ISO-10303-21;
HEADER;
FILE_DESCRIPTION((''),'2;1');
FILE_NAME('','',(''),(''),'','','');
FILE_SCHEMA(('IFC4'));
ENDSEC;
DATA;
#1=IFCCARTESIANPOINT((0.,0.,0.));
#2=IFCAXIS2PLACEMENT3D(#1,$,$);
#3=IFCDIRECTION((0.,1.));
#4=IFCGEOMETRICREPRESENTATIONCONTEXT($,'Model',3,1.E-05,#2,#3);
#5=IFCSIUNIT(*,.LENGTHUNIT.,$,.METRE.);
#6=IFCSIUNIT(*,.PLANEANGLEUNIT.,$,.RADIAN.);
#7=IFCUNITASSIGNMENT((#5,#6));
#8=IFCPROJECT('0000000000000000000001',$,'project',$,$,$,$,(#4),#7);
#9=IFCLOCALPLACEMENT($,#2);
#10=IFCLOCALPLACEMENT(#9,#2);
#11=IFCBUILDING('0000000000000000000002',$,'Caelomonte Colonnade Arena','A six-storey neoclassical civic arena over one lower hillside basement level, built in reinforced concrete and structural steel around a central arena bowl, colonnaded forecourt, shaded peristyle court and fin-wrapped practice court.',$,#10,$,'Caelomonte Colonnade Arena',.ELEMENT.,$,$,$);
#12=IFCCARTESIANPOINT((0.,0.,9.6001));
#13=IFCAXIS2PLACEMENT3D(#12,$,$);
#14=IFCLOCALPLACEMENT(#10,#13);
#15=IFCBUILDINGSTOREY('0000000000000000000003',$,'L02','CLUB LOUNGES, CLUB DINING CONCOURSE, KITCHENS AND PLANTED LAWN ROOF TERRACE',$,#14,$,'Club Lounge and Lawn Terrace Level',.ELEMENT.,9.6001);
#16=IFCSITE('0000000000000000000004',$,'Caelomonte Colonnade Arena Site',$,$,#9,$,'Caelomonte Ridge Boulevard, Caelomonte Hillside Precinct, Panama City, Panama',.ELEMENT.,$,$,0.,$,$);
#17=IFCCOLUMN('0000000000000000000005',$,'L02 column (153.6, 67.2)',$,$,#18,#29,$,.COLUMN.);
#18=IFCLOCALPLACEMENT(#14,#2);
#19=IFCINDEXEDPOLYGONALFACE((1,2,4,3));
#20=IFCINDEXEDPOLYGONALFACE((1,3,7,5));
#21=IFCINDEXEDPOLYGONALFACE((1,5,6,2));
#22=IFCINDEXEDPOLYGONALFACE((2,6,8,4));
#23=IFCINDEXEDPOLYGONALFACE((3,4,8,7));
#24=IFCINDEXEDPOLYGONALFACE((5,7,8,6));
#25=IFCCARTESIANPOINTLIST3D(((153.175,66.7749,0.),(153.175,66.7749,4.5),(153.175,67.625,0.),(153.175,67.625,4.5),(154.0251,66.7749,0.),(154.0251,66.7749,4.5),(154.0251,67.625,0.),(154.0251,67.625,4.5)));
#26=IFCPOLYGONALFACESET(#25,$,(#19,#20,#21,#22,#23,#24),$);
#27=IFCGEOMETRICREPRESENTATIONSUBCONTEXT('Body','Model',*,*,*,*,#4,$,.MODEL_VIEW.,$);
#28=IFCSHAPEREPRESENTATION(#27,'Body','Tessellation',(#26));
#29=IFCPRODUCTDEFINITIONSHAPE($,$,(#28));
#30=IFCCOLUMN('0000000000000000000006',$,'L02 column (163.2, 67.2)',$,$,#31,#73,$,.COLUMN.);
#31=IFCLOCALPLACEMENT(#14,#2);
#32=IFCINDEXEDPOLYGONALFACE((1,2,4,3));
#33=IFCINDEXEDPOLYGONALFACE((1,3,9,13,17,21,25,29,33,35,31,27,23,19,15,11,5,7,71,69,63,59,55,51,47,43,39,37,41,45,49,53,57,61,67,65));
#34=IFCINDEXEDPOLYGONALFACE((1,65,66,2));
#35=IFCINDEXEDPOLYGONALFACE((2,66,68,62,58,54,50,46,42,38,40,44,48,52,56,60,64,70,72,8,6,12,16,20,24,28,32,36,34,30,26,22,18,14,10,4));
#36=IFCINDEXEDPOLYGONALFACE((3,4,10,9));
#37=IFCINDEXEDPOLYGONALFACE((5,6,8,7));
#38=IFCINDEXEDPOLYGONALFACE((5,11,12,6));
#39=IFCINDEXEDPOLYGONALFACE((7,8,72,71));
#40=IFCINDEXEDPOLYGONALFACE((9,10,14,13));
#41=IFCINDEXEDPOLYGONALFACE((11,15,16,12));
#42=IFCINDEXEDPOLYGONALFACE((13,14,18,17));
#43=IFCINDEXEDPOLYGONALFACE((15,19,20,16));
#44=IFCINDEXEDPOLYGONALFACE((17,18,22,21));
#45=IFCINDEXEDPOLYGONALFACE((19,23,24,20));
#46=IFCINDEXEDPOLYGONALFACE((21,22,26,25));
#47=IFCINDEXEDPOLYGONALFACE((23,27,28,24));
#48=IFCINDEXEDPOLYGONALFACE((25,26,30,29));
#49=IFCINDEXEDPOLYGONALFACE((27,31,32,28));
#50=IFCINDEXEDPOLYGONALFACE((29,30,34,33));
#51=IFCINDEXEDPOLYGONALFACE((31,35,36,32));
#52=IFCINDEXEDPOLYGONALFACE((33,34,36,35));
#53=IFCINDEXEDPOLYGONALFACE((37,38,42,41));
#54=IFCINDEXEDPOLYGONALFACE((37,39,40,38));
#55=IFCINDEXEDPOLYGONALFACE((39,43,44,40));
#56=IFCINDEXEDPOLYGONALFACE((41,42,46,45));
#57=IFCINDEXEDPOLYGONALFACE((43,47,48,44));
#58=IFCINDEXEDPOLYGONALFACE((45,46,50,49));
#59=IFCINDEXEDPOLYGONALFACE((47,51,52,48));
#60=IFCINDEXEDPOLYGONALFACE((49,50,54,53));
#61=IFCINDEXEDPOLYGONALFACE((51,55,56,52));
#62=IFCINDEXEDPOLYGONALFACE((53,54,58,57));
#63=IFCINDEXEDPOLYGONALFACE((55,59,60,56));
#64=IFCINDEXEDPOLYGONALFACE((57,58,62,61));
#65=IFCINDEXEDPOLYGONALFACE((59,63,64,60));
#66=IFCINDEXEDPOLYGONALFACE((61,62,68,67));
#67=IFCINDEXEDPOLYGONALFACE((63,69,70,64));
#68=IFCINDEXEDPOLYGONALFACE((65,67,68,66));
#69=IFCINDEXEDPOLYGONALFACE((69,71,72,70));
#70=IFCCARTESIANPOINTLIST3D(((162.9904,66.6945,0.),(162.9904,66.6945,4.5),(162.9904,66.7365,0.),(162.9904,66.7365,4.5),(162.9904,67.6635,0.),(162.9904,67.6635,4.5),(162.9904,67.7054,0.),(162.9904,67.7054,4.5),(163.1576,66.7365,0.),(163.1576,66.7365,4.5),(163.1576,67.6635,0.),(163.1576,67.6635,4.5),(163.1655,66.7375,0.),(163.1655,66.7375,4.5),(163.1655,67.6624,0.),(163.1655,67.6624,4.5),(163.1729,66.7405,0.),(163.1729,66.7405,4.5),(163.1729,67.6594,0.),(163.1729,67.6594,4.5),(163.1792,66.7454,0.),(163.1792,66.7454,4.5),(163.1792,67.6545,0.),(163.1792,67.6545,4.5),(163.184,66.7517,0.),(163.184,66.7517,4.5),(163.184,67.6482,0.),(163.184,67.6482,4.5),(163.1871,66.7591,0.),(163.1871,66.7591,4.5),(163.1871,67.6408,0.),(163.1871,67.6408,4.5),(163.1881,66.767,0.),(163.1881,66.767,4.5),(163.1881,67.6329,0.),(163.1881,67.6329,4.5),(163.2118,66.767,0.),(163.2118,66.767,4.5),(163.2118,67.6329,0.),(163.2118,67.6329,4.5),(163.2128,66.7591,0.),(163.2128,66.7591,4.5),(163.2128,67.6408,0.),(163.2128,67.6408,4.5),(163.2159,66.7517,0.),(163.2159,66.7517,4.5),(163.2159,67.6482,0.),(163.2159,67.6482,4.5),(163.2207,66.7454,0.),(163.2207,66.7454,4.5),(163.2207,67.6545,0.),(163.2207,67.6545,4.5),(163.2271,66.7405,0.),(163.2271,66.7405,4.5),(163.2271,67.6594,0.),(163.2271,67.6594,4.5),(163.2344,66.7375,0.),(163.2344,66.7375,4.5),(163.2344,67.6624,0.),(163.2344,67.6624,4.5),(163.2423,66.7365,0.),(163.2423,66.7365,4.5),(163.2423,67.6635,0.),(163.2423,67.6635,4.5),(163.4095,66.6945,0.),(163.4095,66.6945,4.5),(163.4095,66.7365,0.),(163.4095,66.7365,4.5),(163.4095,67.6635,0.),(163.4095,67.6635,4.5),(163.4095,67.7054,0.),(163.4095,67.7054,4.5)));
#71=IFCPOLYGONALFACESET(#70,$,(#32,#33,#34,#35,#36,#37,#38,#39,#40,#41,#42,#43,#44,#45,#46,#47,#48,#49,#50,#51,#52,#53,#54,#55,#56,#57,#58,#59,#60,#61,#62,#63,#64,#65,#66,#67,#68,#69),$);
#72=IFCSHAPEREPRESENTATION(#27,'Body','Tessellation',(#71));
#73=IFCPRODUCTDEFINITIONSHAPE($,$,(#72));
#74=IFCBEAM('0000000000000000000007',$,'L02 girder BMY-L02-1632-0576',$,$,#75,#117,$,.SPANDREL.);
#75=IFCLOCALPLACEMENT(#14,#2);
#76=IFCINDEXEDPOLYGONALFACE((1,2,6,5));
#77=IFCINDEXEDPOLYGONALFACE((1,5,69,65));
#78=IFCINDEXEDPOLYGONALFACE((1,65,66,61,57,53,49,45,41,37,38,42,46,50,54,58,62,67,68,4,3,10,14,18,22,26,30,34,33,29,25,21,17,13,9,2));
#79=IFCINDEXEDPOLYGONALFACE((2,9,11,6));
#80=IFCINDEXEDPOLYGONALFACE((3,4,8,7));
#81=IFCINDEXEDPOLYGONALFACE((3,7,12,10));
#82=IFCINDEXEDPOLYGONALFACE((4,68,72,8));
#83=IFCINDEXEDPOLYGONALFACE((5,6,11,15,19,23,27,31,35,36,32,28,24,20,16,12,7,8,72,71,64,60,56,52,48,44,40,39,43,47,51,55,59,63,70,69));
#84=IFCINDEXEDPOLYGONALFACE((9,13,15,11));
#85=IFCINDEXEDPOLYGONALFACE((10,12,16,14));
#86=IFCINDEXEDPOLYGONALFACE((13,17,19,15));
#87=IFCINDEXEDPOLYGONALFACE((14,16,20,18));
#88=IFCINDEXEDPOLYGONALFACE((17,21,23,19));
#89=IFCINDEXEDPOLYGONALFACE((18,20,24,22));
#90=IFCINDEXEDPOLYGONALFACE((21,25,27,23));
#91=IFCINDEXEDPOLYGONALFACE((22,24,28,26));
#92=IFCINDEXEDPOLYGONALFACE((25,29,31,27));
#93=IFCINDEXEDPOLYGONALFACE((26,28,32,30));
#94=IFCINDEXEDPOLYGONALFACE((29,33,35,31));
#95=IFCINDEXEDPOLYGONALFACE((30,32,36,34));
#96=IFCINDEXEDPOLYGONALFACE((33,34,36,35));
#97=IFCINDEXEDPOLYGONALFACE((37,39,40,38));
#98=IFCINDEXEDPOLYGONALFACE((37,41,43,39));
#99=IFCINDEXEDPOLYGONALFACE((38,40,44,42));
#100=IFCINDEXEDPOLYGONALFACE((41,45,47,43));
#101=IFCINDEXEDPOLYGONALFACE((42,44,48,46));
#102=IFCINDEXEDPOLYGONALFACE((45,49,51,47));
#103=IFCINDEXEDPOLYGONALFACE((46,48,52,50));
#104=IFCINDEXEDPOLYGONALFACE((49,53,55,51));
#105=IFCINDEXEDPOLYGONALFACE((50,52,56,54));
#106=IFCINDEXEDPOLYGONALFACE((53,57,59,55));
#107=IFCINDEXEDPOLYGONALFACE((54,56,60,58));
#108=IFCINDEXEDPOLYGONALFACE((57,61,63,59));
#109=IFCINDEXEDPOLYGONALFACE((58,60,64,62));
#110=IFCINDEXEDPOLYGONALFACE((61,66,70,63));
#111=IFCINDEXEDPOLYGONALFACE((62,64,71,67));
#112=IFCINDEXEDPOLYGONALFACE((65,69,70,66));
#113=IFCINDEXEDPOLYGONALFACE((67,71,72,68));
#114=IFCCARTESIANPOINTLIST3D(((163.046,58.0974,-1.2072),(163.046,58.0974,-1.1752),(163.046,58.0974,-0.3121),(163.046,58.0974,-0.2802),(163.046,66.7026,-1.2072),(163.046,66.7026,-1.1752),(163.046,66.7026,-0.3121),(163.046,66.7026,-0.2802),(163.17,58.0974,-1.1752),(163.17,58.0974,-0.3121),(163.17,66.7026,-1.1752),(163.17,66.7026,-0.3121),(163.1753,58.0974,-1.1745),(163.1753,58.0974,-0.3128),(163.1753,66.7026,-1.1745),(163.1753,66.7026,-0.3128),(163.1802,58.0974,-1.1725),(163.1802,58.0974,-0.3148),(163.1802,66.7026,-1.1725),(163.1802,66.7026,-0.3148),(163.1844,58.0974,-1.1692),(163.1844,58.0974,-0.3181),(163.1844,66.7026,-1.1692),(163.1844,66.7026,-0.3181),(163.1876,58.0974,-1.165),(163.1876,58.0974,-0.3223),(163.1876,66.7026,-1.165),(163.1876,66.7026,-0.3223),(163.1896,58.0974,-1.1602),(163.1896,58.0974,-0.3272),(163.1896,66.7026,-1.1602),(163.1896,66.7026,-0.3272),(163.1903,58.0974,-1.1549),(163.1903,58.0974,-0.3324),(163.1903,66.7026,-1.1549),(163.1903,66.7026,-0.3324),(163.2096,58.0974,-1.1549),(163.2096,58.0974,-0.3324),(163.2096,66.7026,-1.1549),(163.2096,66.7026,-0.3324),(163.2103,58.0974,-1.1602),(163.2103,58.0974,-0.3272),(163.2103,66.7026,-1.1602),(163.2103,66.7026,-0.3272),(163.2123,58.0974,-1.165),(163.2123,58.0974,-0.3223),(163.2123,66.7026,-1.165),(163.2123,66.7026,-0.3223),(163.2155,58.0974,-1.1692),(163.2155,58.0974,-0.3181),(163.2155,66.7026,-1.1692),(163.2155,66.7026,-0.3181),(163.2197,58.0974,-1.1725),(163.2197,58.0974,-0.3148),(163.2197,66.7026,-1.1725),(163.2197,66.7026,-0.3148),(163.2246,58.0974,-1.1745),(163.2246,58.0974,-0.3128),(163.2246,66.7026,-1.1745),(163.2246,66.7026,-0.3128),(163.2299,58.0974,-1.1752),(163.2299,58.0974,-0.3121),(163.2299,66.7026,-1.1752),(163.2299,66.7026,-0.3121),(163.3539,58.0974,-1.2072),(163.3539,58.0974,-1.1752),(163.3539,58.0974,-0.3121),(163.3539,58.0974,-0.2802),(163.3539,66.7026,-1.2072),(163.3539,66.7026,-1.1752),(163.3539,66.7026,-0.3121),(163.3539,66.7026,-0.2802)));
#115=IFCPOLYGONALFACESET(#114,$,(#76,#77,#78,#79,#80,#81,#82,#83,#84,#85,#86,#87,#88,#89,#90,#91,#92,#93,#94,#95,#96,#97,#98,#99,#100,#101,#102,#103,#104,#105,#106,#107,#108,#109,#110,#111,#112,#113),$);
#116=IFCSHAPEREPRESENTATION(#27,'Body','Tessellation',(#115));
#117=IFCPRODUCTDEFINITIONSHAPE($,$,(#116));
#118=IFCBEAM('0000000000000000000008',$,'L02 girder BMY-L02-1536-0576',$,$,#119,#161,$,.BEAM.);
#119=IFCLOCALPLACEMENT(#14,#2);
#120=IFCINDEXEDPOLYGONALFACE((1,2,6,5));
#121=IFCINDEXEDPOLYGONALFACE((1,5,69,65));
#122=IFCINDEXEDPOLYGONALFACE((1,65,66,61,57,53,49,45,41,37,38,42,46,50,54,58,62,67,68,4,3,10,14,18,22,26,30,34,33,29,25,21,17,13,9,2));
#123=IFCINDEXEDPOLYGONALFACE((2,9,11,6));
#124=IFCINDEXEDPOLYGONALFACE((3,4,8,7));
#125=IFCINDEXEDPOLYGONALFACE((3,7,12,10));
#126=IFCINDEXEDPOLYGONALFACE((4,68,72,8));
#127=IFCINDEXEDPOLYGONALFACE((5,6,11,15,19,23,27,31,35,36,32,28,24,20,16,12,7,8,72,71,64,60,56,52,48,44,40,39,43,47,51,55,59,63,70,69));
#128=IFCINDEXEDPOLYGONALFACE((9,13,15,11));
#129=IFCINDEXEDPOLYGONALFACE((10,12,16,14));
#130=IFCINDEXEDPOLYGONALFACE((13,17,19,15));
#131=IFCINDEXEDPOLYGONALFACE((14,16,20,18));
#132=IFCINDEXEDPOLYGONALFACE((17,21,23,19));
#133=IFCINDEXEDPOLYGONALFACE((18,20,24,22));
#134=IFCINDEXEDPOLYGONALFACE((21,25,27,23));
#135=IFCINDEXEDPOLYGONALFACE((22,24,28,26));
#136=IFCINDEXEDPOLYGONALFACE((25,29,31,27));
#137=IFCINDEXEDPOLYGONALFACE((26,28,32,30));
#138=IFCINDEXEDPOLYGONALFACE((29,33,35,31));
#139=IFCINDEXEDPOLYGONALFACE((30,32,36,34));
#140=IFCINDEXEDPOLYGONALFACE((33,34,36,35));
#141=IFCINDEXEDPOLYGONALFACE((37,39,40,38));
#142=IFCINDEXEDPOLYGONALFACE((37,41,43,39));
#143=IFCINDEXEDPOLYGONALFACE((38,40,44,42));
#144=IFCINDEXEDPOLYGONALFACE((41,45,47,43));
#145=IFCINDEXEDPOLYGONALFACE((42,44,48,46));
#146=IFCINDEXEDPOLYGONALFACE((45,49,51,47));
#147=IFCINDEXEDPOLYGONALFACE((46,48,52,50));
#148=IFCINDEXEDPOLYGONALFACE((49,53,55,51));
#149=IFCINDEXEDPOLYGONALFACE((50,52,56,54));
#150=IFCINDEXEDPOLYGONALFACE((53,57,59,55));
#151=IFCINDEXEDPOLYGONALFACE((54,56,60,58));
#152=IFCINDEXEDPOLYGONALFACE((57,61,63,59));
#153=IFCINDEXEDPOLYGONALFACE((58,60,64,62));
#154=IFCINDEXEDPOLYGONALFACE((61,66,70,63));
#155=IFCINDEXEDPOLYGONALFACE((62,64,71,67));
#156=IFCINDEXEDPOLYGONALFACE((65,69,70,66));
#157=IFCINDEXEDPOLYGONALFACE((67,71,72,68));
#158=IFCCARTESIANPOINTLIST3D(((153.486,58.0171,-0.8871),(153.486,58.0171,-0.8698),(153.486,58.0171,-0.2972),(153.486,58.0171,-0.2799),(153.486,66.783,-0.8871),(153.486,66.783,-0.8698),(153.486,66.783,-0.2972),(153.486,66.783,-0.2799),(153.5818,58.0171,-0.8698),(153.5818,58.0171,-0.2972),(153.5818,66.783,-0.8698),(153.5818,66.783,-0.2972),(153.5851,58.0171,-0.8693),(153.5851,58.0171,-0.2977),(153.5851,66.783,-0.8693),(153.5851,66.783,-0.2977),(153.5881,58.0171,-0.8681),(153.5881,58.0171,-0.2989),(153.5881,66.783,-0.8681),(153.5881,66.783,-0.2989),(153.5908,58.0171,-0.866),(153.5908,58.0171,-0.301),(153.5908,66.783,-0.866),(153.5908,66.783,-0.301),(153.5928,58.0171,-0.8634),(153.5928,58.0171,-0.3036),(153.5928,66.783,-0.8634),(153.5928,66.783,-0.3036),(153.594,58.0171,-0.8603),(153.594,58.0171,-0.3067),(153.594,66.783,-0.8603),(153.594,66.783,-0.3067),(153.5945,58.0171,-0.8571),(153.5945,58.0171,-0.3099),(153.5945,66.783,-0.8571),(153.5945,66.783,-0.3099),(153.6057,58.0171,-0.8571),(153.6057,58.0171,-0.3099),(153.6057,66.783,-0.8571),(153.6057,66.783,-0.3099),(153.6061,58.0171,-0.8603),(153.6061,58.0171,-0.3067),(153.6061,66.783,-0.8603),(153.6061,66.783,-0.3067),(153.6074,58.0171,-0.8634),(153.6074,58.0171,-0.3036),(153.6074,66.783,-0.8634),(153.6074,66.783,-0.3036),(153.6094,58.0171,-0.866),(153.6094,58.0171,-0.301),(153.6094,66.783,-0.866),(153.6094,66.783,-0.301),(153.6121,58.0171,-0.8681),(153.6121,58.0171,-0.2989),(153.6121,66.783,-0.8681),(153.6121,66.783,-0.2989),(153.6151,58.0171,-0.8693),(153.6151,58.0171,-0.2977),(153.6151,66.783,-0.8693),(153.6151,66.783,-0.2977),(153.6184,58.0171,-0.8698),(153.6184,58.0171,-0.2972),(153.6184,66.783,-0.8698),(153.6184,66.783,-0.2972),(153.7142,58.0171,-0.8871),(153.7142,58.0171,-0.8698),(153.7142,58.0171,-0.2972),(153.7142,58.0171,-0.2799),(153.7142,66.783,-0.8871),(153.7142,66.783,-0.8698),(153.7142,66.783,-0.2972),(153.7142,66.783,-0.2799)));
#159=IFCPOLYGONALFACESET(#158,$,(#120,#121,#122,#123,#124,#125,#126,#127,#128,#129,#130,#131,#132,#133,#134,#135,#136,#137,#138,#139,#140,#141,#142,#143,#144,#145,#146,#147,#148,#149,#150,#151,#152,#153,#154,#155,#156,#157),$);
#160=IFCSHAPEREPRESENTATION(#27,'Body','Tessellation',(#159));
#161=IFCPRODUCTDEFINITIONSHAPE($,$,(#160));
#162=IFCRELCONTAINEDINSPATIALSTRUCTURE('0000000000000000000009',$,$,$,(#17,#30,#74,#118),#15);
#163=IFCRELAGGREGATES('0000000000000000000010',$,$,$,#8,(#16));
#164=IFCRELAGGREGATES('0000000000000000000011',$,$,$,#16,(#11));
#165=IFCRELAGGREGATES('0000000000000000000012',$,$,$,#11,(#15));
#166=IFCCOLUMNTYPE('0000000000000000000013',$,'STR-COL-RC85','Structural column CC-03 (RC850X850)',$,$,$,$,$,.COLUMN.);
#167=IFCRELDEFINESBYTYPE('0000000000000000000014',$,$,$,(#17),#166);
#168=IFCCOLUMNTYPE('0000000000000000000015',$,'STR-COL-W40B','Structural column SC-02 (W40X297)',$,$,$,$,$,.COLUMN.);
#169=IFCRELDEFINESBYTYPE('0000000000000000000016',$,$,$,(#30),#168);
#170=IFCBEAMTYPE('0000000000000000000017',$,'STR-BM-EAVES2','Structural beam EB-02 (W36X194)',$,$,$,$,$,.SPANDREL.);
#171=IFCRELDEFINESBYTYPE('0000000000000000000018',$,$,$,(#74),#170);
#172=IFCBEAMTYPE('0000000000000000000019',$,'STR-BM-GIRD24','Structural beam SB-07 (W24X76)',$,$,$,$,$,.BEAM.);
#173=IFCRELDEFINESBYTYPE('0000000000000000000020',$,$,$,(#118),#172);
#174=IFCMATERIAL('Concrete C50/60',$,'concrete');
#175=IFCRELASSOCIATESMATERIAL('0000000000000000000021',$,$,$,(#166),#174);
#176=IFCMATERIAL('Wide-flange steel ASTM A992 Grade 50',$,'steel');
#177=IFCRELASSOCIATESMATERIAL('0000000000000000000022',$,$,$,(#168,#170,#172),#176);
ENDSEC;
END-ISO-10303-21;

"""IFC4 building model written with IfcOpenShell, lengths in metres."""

from ifc_helpers import new_model, si_unit, direction, frame, origin, origin_2d, place, context, subcontext, project, spatial, rectangle, i_section, extrude, material, material_profile, profile_set, type_object, element, save


model = new_model("IFC4")

# Units and contexts
model_context = context("Model", 3, precision=1e-05, world=origin(), true_north=direction((0.0, 1.0)))
body_context = subcontext(model_context, "Body", "Model", "MODEL_VIEW")
ifc_project = project(units=[si_unit("LENGTHUNIT", "METRE"), si_unit("PLANEANGLEUNIT", "RADIAN")], contexts=[model_context])

# Site, building, storey
site_placement = place(None, origin())
site = spatial("IfcSite", under=ifc_project, at=site_placement, Name="Caelomonte Colonnade Arena Site", LongName="Caelomonte Ridge Boulevard, Caelomonte Hillside Precinct, Panama City, Panama", CompositionType="ELEMENT", RefElevation=0.0)
building_placement = place(site_placement, origin())
building = spatial("IfcBuilding", under=site, at=building_placement, Name="Caelomonte Colonnade Arena", Description="A six-storey neoclassical civic arena over one lower hillside basement level, built in reinforced concrete and structural steel around a central arena bowl, colonnaded forecourt, shaded peristyle court and fin-wrapped practice court.", LongName="Caelomonte Colonnade Arena", CompositionType="ELEMENT")
storey_placement = place(building_placement, frame((0.0, 0.0, 9.6001)))
storey = spatial("IfcBuildingStorey", under=building, at=storey_placement, Name="L02", Description="CLUB LOUNGES, CLUB DINING CONCOURSE, KITCHENS AND PLANTED LAWN ROOF TERRACE", LongName="Club Lounge and Lawn Terrace Level", CompositionType="ELEMENT", Elevation=9.6001)

# Columns
ifc_material_1 = material(Name="Concrete C50/60", Category="concrete")
ifc_material_profile_1 = material_profile(ifc_material_1, rectangle(XDim=0.8501, YDim=0.8501, at=origin_2d()), Name="RC850X850")
ifc_profile_set_1 = profile_set([ifc_material_profile_1], Name="Concrete C50/60")
column_type_1 = type_object("IfcColumnType", Name="STR-COL-RC85", Description="Structural column CC-03 (RC850X850)", PredefinedType="COLUMN", material=ifc_profile_set_1)
column_1_placement = place(storey_placement, frame((153.6001, 67.2, 0.0), z_axis=(0.0, 0.0, 1.0), x_axis=(1.0, 0.0, 0.0)))
element("IfcColumn", 1, at=column_1_placement, inside=storey, type_object=column_type_1, Name="L02 column (153.6, 67.2)", PredefinedType="COLUMN", context=body_context, shape_type="SweptSolid", body=[
    extrude(rectangle(XDim=0.8501, YDim=0.8501, at=origin_2d()), origin(), (0.0, 0.0, 1.0), 4.5),
])
ifc_material_2 = material(Name="Wide-flange steel ASTM A992 Grade 50", Category="steel")
ifc_material_profile_2 = material_profile(ifc_material_2, i_section(OverallWidth=0.4192, OverallDepth=1.011, WebThickness=0.0237, FlangeThickness=0.042, FilletRadius=0.0305, at=origin_2d()), Name="W40X297")
ifc_profile_set_2 = profile_set([ifc_material_profile_2], Name="Wide-flange steel ASTM A992 Grade 50")
column_type_2 = type_object("IfcColumnType", Name="STR-COL-W40B", Description="Structural column SC-02 (W40X297)", PredefinedType="COLUMN", material=ifc_profile_set_2)
column_2_placement = place(storey_placement, frame((163.2, 67.2, 0.0), z_axis=(0.0, 0.0, 1.0), x_axis=(1.0, 0.0, 0.0)))
element("IfcColumn", 2, at=column_2_placement, inside=storey, type_object=column_type_2, Name="L02 column (163.2, 67.2)", PredefinedType="COLUMN", context=body_context, shape_type="SweptSolid", body=[
    extrude(i_section(OverallWidth=0.4192, OverallDepth=1.011, WebThickness=0.0237, FlangeThickness=0.042, FilletRadius=0.0305, at=origin_2d()), origin(), (0.0, 0.0, 1.0), 4.5),
])

# Beams
ifc_material_profile_3 = material_profile(ifc_material_2, i_section(OverallWidth=0.3079, OverallDepth=0.927, WebThickness=0.0193, FlangeThickness=0.032, FilletRadius=0.0203, at=origin_2d()), Name="W36X194")
ifc_profile_set_3 = profile_set([ifc_material_profile_3], Name="Wide-flange steel ASTM A992 Grade 50")
beam_type_1 = type_object("IfcBeamType", Name="STR-BM-EAVES2", Description="Structural beam EB-02 (W36X194)", PredefinedType="SPANDREL", material=ifc_profile_set_3)
beam_1_placement = place(storey_placement, frame((163.2, 58.0974, -0.7437), z_axis=(0.0, 1.0, 0.0), x_axis=(-1.0, 0.0, 0.0)))
element("IfcBeam", 3, at=beam_1_placement, inside=storey, type_object=beam_type_1, Name="L02 girder BMY-L02-1632-0576", PredefinedType="SPANDREL", context=body_context, shape_type="SweptSolid", body=[
    extrude(i_section(OverallWidth=0.3079, OverallDepth=0.927, WebThickness=0.0193, FlangeThickness=0.032, FilletRadius=0.0203, at=origin_2d()), origin(), (0.0, 0.0, 1.0), 8.6052),
])
ifc_material_profile_4 = material_profile(ifc_material_2, i_section(OverallWidth=0.2283, OverallDepth=0.6072, WebThickness=0.0112, FlangeThickness=0.0173, FilletRadius=0.0127, at=origin_2d()), Name="W24X76")
ifc_profile_set_4 = profile_set([ifc_material_profile_4], Name="Wide-flange steel ASTM A992 Grade 50")
beam_type_2 = type_object("IfcBeamType", Name="STR-BM-GIRD24", Description="Structural beam SB-07 (W24X76)", PredefinedType="BEAM", material=ifc_profile_set_4)
beam_2_placement = place(storey_placement, frame((153.6001, 58.0171, -0.5835), z_axis=(0.0, 1.0, 0.0), x_axis=(-1.0, 0.0, 0.0)))
element("IfcBeam", 4, at=beam_2_placement, inside=storey, type_object=beam_type_2, Name="L02 girder BMY-L02-1536-0576", PredefinedType="BEAM", context=body_context, shape_type="SweptSolid", body=[
    extrude(i_section(OverallWidth=0.2283, OverallDepth=0.6072, WebThickness=0.0112, FlangeThickness=0.0173, FilletRadius=0.0127, at=origin_2d()), origin(), (0.0, 0.0, 1.0), 8.7659),
])

save(model, "model.ifc")
